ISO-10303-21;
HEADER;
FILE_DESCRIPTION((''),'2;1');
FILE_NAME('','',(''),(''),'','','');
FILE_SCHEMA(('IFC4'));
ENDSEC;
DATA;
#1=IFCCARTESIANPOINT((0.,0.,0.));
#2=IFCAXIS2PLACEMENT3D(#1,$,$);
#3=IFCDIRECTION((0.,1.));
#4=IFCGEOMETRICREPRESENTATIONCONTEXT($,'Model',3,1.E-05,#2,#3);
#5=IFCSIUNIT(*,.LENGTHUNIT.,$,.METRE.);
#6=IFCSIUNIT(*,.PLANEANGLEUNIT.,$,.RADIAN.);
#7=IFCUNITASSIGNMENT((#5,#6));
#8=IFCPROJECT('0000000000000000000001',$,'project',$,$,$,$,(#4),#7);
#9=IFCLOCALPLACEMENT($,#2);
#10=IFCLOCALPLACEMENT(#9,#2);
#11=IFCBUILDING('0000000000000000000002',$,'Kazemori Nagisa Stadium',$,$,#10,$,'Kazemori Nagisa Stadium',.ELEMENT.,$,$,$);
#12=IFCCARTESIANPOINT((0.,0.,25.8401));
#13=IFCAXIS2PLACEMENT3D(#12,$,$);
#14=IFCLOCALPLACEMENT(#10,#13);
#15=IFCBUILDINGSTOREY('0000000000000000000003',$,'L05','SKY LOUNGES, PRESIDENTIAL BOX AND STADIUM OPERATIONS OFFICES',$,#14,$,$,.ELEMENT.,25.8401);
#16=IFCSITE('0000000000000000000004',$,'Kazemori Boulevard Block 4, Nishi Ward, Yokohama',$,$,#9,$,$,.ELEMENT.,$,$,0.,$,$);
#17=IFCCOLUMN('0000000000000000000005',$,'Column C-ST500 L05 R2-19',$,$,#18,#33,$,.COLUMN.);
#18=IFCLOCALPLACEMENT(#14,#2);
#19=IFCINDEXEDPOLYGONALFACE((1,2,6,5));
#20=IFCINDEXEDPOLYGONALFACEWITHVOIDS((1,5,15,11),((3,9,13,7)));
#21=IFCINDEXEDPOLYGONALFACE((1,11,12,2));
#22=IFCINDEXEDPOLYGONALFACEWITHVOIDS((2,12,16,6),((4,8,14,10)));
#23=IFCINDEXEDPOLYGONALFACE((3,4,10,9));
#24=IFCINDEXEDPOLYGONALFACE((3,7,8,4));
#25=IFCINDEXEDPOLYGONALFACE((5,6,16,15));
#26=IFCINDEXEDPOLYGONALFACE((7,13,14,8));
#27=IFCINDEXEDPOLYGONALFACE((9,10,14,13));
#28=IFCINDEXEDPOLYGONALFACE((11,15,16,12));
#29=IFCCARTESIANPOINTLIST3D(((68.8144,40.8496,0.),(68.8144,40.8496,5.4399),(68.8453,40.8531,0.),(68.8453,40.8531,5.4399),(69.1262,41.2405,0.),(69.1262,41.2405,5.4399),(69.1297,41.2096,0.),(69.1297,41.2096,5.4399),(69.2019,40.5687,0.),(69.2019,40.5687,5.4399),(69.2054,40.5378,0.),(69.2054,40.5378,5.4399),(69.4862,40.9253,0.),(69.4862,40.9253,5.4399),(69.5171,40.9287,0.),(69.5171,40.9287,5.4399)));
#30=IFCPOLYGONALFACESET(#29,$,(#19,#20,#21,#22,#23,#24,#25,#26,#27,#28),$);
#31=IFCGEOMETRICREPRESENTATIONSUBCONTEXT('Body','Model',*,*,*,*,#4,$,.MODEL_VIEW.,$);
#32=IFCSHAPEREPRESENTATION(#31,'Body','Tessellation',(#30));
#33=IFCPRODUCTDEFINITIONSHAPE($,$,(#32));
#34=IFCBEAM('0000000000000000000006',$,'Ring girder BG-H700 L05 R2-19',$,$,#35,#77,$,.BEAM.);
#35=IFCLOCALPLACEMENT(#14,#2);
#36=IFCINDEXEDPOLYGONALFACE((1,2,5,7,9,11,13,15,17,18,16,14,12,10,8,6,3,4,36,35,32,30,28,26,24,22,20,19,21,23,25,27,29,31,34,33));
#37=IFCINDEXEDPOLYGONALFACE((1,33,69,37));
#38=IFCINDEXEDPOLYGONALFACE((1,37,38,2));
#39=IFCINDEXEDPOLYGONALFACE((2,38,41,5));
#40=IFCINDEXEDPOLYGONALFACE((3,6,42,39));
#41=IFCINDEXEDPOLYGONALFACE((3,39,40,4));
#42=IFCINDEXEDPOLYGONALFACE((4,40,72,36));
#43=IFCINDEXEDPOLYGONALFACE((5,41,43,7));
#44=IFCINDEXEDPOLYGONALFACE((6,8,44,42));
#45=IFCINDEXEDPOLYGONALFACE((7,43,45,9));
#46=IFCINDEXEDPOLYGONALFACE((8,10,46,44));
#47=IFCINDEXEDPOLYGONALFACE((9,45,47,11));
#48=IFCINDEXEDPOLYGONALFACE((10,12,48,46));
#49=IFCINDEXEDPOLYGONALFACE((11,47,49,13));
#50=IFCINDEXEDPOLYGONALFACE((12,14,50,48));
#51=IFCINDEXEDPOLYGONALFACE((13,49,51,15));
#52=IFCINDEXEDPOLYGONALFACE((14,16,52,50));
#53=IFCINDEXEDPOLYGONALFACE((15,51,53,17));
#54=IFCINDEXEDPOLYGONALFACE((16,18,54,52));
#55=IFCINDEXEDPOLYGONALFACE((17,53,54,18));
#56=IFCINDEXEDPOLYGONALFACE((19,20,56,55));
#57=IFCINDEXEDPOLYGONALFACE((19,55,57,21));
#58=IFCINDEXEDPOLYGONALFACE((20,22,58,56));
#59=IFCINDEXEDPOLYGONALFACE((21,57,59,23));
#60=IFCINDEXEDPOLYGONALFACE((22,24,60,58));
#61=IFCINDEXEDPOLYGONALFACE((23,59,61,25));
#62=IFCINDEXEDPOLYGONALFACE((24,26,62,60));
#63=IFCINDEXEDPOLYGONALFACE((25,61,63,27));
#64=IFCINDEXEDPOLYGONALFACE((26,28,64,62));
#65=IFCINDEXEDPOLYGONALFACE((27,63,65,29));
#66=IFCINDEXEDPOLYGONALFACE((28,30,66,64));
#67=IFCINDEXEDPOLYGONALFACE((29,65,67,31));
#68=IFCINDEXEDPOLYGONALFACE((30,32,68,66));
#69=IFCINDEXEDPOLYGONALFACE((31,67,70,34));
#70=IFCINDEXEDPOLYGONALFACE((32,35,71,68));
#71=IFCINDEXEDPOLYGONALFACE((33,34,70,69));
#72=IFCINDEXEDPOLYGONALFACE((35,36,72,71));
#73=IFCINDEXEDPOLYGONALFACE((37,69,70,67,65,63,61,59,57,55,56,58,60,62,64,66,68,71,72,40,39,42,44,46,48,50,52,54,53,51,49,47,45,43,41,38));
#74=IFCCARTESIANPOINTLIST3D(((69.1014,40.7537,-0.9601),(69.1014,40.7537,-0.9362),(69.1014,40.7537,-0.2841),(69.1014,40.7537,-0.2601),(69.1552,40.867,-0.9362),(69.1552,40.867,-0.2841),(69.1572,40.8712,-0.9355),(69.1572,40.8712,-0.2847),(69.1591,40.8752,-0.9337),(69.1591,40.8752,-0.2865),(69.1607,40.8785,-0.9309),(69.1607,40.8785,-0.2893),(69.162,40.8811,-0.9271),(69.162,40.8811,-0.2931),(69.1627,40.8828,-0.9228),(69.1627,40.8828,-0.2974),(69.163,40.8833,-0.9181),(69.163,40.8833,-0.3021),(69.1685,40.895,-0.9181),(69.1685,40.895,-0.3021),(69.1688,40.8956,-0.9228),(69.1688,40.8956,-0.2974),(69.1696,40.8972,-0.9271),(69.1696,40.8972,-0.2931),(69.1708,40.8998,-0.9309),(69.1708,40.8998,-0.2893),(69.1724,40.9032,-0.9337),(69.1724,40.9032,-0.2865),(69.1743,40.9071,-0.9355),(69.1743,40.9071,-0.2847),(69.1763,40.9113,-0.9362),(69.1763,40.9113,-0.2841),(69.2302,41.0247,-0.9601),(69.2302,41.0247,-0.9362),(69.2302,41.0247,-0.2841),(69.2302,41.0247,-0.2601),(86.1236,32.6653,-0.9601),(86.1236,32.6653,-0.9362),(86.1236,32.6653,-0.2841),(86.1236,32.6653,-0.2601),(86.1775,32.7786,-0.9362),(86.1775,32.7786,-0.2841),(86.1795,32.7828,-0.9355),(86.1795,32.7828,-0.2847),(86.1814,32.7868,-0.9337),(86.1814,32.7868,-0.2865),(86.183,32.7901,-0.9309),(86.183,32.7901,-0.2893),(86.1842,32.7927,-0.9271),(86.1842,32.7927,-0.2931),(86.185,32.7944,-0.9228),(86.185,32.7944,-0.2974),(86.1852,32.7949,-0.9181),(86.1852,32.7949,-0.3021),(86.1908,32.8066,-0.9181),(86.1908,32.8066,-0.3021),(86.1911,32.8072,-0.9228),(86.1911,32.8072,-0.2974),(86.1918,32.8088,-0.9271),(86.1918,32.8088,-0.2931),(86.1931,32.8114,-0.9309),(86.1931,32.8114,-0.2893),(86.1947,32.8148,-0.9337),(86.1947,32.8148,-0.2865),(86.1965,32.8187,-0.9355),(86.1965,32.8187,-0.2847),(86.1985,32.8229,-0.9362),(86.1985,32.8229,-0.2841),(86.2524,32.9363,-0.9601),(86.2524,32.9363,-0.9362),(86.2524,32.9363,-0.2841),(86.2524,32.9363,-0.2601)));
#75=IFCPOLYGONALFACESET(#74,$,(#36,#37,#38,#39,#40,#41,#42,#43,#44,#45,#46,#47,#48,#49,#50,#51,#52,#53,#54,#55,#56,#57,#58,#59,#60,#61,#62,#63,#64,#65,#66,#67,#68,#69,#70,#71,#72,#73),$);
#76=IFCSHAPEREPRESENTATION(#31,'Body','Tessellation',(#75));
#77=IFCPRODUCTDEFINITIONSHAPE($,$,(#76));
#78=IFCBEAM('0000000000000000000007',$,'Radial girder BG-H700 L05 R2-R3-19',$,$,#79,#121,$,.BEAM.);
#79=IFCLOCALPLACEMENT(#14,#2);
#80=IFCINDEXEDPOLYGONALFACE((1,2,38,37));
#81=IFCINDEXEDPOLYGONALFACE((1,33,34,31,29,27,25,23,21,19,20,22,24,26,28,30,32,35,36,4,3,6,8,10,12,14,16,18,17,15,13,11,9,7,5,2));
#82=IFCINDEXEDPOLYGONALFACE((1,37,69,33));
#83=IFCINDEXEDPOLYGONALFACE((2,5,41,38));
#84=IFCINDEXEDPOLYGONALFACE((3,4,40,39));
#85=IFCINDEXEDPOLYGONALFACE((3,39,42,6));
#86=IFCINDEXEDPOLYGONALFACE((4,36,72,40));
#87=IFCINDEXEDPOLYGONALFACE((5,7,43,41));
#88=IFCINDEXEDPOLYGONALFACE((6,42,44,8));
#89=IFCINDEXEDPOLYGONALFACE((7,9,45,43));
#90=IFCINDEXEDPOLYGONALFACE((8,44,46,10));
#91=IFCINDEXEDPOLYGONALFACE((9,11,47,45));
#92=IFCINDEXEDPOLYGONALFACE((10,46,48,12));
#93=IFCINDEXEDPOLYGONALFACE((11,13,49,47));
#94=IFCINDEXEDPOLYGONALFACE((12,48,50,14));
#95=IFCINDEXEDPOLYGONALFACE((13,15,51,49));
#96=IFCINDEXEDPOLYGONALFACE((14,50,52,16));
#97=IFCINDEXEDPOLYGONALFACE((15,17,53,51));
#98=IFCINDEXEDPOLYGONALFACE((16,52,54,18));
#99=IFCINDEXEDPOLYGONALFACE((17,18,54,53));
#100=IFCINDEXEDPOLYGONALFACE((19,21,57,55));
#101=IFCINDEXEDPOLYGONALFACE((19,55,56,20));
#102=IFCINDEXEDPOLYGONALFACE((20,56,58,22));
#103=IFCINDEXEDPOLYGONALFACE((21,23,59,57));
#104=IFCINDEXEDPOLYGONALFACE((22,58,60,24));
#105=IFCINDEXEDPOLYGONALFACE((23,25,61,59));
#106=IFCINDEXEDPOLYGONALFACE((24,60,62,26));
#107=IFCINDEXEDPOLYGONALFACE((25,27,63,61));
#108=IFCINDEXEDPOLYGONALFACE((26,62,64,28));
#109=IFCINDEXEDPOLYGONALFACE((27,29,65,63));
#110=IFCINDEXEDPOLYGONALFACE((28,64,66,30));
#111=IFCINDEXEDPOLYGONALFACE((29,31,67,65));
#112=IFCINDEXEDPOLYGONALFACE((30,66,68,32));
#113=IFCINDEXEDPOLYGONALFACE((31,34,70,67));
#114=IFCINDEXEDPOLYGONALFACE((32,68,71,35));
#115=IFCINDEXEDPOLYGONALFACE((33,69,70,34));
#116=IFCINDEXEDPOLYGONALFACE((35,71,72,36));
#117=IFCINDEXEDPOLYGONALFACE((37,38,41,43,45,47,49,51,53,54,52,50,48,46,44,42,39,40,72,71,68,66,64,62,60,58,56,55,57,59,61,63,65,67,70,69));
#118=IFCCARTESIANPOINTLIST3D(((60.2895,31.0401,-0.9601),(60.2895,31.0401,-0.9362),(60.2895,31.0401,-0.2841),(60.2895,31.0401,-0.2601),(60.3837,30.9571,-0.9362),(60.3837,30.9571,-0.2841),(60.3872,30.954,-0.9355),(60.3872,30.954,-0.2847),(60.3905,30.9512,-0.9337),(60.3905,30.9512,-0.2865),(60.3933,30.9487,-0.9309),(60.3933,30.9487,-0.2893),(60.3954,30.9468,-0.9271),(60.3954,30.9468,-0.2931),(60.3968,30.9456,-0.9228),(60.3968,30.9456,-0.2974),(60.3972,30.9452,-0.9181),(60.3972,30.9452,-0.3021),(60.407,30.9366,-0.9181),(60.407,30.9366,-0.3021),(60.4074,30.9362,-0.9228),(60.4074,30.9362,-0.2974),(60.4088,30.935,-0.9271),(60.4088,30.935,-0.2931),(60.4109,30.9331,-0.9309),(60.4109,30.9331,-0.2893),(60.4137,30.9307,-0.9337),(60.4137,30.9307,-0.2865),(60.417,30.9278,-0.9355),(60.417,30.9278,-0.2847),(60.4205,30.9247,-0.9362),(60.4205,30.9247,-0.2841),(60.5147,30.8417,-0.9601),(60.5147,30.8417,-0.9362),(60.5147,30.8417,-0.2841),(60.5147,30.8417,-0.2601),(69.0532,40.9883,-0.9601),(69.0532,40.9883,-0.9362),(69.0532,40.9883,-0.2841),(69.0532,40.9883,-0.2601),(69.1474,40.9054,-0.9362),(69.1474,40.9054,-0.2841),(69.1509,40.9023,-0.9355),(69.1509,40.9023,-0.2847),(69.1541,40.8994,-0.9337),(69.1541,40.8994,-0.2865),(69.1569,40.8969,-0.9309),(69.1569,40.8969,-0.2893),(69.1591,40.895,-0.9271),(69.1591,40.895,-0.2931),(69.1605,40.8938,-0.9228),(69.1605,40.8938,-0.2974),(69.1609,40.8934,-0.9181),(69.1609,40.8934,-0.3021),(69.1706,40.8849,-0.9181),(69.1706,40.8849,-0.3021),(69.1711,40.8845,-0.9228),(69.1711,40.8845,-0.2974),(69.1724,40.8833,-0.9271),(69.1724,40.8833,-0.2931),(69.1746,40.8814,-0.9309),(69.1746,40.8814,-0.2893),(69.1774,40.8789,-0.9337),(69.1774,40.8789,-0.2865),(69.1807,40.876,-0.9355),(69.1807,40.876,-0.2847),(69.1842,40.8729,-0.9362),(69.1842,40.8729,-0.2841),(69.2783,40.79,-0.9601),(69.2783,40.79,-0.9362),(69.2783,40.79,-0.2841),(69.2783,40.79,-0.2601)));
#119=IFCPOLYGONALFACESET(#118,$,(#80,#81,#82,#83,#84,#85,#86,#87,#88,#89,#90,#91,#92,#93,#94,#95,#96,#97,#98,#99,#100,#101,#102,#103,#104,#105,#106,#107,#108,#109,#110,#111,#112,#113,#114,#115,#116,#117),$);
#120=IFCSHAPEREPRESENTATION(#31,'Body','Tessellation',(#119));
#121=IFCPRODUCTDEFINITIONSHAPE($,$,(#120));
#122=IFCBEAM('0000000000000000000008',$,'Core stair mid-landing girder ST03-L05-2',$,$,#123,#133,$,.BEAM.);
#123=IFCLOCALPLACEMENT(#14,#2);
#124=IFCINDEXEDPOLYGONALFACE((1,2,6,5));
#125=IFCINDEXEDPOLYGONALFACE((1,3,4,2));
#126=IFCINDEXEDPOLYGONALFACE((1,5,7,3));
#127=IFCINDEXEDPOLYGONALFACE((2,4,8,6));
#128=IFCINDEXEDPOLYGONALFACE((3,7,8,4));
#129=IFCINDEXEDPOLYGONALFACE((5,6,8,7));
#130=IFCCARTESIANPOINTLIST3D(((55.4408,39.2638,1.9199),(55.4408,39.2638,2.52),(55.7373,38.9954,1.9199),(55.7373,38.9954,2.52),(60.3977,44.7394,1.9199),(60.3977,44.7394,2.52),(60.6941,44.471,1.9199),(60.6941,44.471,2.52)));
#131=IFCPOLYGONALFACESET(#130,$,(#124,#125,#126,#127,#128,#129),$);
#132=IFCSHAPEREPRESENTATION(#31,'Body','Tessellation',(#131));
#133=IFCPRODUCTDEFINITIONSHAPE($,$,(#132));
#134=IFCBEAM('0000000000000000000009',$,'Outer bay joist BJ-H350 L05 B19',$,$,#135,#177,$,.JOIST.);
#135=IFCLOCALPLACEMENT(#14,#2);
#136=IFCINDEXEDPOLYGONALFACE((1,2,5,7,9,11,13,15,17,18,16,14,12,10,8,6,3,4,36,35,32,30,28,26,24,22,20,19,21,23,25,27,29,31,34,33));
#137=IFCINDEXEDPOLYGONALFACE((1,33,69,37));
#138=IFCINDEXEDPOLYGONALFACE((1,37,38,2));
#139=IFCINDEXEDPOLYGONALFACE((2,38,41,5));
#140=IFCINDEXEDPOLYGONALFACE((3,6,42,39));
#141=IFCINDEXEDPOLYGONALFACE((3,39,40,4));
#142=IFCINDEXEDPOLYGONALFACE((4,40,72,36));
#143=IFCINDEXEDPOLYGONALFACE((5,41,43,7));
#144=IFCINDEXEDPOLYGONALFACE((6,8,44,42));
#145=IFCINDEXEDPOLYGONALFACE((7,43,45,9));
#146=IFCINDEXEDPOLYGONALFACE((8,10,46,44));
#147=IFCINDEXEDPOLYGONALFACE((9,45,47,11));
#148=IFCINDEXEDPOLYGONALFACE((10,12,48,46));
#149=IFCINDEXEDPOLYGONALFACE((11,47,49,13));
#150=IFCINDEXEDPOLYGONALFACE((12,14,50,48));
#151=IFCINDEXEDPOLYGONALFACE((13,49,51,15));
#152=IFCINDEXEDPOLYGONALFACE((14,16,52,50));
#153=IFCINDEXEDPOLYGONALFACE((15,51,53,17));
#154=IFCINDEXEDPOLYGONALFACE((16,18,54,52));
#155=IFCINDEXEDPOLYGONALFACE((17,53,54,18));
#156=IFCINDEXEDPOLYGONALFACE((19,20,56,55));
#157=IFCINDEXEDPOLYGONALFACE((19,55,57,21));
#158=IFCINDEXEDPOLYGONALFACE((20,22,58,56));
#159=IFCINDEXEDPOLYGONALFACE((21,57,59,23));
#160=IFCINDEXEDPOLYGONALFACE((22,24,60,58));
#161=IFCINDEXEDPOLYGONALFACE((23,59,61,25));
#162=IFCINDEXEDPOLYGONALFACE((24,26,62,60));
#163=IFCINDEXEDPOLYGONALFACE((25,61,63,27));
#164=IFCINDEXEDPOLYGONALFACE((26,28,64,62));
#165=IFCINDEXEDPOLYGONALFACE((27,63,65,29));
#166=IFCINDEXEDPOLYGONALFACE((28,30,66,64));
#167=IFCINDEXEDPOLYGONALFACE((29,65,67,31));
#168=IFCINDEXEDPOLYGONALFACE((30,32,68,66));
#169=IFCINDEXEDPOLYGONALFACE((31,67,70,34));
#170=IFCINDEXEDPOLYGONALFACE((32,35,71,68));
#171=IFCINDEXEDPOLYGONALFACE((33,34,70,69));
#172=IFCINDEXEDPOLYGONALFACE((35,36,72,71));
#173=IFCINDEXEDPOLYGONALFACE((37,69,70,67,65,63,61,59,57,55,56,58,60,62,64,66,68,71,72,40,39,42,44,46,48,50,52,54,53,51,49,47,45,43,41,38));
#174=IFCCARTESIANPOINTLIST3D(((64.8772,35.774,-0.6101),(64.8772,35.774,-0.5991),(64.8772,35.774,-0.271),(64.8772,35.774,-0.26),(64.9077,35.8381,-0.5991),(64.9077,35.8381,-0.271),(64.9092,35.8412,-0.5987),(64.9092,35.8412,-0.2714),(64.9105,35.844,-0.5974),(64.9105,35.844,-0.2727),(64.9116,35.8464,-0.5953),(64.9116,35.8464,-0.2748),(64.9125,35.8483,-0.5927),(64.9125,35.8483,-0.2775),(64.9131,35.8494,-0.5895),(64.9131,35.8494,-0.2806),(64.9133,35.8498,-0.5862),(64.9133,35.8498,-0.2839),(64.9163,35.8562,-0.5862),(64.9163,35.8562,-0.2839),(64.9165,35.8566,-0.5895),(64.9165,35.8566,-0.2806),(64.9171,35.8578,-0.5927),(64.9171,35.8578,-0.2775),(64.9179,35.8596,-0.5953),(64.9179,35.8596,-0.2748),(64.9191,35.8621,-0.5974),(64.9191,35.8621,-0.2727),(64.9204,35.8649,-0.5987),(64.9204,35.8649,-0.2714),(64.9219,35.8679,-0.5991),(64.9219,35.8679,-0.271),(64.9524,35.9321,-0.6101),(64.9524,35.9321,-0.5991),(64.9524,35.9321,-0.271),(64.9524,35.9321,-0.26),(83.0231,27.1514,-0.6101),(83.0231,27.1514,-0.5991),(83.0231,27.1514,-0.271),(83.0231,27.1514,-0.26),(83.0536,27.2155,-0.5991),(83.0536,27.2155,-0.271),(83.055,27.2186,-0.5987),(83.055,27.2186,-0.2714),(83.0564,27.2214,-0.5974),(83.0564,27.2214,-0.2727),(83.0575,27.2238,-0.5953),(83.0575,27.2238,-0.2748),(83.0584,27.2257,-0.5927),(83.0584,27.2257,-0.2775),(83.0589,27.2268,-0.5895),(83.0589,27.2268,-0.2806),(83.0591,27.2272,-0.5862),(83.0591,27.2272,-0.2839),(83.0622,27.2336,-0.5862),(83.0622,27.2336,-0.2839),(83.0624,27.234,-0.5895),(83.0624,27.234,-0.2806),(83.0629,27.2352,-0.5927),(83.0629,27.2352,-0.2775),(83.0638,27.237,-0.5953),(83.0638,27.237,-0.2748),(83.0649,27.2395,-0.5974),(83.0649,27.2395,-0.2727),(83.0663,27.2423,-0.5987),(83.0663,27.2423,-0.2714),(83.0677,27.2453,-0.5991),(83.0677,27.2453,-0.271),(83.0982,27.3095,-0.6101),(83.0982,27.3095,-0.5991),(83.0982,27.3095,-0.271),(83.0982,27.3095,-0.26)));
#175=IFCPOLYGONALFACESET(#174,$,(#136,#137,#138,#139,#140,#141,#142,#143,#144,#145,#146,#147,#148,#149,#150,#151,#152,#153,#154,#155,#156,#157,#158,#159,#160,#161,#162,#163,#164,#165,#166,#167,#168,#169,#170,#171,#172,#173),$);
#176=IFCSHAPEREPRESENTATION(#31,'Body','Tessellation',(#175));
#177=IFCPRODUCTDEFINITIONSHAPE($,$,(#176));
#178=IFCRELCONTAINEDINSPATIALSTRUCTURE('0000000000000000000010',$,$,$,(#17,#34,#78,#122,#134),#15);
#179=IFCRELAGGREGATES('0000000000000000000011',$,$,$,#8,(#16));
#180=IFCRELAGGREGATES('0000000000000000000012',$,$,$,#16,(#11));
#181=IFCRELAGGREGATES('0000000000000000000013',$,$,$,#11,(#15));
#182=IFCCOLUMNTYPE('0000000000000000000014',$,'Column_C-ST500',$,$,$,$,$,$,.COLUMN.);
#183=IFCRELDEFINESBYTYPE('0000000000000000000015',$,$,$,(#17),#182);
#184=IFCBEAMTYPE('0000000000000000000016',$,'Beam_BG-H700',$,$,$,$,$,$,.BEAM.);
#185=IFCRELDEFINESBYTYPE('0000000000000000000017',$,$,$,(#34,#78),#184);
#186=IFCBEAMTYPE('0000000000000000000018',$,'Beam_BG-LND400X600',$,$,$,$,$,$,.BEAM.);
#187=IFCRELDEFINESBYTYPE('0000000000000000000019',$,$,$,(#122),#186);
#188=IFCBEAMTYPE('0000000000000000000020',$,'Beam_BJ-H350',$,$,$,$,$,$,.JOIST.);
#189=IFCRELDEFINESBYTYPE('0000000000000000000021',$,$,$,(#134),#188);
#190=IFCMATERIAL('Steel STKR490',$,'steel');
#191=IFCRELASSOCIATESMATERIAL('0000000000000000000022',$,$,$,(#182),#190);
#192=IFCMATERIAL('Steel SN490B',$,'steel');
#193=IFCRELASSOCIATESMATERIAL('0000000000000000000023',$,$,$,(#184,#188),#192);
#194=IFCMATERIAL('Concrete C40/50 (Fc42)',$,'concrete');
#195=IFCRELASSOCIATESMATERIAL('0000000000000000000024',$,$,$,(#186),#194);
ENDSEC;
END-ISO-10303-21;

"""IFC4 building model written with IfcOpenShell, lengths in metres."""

from ifc_helpers import new_model, si_unit, direction, frame, origin, origin_2d, place, context, subcontext, project, spatial, rectangle, hollow_rectangle, i_section, extrude, material, material_profile, profile_set, type_object, element, save


model = new_model("IFC4")

# Units and contexts
model_context = context("Model", 3, precision=1e-05, world=origin(), true_north=direction((0.0, 1.0)))
body_context = subcontext(model_context, "Body", "Model", "MODEL_VIEW")
ifc_project = project(units=[si_unit("LENGTHUNIT", "METRE"), si_unit("PLANEANGLEUNIT", "RADIAN")], contexts=[model_context])

# Site, building, storey
site_placement = place(None, origin())
site = spatial("IfcSite", under=ifc_project, at=site_placement, Name="Kazemori Boulevard Block 4, Nishi Ward, Yokohama", CompositionType="ELEMENT", RefElevation=0.0)
building_placement = place(site_placement, origin())
building = spatial("IfcBuilding", under=site, at=building_placement, Name="Kazemori Nagisa Stadium", LongName="Kazemori Nagisa Stadium", CompositionType="ELEMENT")
storey_placement = place(building_placement, frame((0.0, 0.0, 25.8401)))
storey = spatial("IfcBuildingStorey", under=building, at=storey_placement, Name="L05", Description="SKY LOUNGES, PRESIDENTIAL BOX AND STADIUM OPERATIONS OFFICES", CompositionType="ELEMENT", Elevation=25.8401)

# Column
ifc_material_1 = material(Name="Steel STKR490", Category="steel")
ifc_material_profile_1 = material_profile(ifc_material_1, hollow_rectangle(XDim=0.5, YDim=0.5, WallThickness=0.022, at=origin_2d()), Name="SHS-500x500x22")
ifc_profile_set_1 = profile_set([ifc_material_profile_1], Name="Steel STKR490")
column_type = type_object("IfcColumnType", Name="Column_C-ST500", PredefinedType="COLUMN", material=ifc_profile_set_1)
column_placement = place(storey_placement, frame((69.1658, 40.8892, 0.0), z_axis=(0.0, 0.0, 1.0), x_axis=(-0.62349, -0.781831, 0.0)))
element("IfcColumn", 1, at=column_placement, inside=storey, type_object=column_type, Name="Column C-ST500 L05 R2-19", PredefinedType="COLUMN", context=body_context, shape_type="SweptSolid", body=[
    extrude(hollow_rectangle(XDim=0.5, YDim=0.5, WallThickness=0.022, at=origin_2d()), origin(), (0.0, 0.0, 1.0), 5.4399),
])

# Beams
ifc_material_2 = material(Name="Steel SN490B", Category="steel")
ifc_material_profile_2 = material_profile(ifc_material_2, i_section(OverallWidth=0.3, OverallDepth=0.7, WebThickness=0.0129, FlangeThickness=0.0239, FilletRadius=0.0181, at=origin_2d()), Name="H-700x300x13x24")
ifc_profile_set_2 = profile_set([ifc_material_profile_2], Name="Steel SN490B")
beam_type_1 = type_object("IfcBeamType", Name="Beam_BG-H700", PredefinedType="BEAM", material=ifc_profile_set_2)
beam_1_placement = place(storey_placement, frame((69.1658, 40.8892, -0.6101), z_axis=(0.903219, -0.429179, 0.0), x_axis=(0.429179, 0.903219, 0.0)))
element("IfcBeam", 2, at=beam_1_placement, inside=storey, type_object=beam_type_1, Name="Ring girder BG-H700 L05 R2-19", PredefinedType="BEAM", context=body_context, shape_type="SweptSolid", body=[
    extrude(i_section(OverallWidth=0.3, OverallDepth=0.7, WebThickness=0.0129, FlangeThickness=0.0239, FilletRadius=0.0181, at=origin_2d()), origin(), (0.0, 0.0, 1.0), 18.8462),
])
beam_2_placement = place(storey_placement, frame((69.1658, 40.8892, -0.6101), z_axis=(-0.66102, -0.750369, 0.0), x_axis=(0.750369, -0.66102, 0.0)))
element("IfcBeam", 3, at=beam_2_placement, inside=storey, type_object=beam_type_1, Name="Radial girder BG-H700 L05 R2-R3-19", PredefinedType="BEAM", context=body_context, shape_type="SweptSolid", body=[
    extrude(i_section(OverallWidth=0.3, OverallDepth=0.7, WebThickness=0.0129, FlangeThickness=0.0239, FilletRadius=0.0181, at=origin_2d()), origin(), (0.0, 0.0, 1.0), 13.2578),
])
ifc_material_3 = material(Name="Concrete C40/50 (Fc42)", Category="concrete")
ifc_material_profile_3 = material_profile(ifc_material_3, rectangle(XDim=0.3999, YDim=0.6001, at=origin_2d()), Name="RC-BM-400x600")
ifc_profile_set_3 = profile_set([ifc_material_profile_3], Name="Concrete C40/50 (Fc42)")
beam_type_2 = type_object("IfcBeamType", Name="Beam_BG-LND400X600", PredefinedType="BEAM", material=ifc_profile_set_3)
beam_3_placement = place(storey_placement, frame((60.5459, 44.6052, 2.22), z_axis=(-0.671113, -0.741355, 0.0), x_axis=(0.741355, -0.671113, 0.0)))
element("IfcBeam", 4, at=beam_3_placement, inside=storey, type_object=beam_type_2, Name="Core stair mid-landing girder ST03-L05-2", PredefinedType="BEAM", context=body_context, shape_type="SweptSolid", body=[
    extrude(rectangle(XDim=0.3999, YDim=0.6001, at=origin_2d()), origin(), (0.0, 0.0, 1.0), 7.386),
])
ifc_material_profile_4 = material_profile(ifc_material_2, i_section(OverallWidth=0.175, OverallDepth=0.3501, WebThickness=0.0071, FlangeThickness=0.011, FilletRadius=0.0129, at=origin_2d()), Name="H-350x175x7x11")
ifc_profile_set_4 = profile_set([ifc_material_profile_4], Name="Steel SN490B")
beam_type_3 = type_object("IfcBeamType", Name="Beam_BJ-H350", PredefinedType="JOIST", material=ifc_profile_set_4)
beam_4_placement = place(storey_placement, frame((64.9148, 35.853, -0.4351), z_axis=(0.903213, -0.429192, 0.0), x_axis=(0.429192, 0.903213, 0.0)))
element("IfcBeam", 5, at=beam_4_placement, inside=storey, type_object=beam_type_3, Name="Outer bay joist BJ-H350 L05 B19", PredefinedType="JOIST", context=body_context, shape_type="SweptSolid", body=[
    extrude(i_section(OverallWidth=0.175, OverallDepth=0.3501, WebThickness=0.0071, FlangeThickness=0.011, FilletRadius=0.0129, at=origin_2d()), origin(), (0.0, 0.0, 1.0), 20.0903),
])

save(model, "model.ifc")
